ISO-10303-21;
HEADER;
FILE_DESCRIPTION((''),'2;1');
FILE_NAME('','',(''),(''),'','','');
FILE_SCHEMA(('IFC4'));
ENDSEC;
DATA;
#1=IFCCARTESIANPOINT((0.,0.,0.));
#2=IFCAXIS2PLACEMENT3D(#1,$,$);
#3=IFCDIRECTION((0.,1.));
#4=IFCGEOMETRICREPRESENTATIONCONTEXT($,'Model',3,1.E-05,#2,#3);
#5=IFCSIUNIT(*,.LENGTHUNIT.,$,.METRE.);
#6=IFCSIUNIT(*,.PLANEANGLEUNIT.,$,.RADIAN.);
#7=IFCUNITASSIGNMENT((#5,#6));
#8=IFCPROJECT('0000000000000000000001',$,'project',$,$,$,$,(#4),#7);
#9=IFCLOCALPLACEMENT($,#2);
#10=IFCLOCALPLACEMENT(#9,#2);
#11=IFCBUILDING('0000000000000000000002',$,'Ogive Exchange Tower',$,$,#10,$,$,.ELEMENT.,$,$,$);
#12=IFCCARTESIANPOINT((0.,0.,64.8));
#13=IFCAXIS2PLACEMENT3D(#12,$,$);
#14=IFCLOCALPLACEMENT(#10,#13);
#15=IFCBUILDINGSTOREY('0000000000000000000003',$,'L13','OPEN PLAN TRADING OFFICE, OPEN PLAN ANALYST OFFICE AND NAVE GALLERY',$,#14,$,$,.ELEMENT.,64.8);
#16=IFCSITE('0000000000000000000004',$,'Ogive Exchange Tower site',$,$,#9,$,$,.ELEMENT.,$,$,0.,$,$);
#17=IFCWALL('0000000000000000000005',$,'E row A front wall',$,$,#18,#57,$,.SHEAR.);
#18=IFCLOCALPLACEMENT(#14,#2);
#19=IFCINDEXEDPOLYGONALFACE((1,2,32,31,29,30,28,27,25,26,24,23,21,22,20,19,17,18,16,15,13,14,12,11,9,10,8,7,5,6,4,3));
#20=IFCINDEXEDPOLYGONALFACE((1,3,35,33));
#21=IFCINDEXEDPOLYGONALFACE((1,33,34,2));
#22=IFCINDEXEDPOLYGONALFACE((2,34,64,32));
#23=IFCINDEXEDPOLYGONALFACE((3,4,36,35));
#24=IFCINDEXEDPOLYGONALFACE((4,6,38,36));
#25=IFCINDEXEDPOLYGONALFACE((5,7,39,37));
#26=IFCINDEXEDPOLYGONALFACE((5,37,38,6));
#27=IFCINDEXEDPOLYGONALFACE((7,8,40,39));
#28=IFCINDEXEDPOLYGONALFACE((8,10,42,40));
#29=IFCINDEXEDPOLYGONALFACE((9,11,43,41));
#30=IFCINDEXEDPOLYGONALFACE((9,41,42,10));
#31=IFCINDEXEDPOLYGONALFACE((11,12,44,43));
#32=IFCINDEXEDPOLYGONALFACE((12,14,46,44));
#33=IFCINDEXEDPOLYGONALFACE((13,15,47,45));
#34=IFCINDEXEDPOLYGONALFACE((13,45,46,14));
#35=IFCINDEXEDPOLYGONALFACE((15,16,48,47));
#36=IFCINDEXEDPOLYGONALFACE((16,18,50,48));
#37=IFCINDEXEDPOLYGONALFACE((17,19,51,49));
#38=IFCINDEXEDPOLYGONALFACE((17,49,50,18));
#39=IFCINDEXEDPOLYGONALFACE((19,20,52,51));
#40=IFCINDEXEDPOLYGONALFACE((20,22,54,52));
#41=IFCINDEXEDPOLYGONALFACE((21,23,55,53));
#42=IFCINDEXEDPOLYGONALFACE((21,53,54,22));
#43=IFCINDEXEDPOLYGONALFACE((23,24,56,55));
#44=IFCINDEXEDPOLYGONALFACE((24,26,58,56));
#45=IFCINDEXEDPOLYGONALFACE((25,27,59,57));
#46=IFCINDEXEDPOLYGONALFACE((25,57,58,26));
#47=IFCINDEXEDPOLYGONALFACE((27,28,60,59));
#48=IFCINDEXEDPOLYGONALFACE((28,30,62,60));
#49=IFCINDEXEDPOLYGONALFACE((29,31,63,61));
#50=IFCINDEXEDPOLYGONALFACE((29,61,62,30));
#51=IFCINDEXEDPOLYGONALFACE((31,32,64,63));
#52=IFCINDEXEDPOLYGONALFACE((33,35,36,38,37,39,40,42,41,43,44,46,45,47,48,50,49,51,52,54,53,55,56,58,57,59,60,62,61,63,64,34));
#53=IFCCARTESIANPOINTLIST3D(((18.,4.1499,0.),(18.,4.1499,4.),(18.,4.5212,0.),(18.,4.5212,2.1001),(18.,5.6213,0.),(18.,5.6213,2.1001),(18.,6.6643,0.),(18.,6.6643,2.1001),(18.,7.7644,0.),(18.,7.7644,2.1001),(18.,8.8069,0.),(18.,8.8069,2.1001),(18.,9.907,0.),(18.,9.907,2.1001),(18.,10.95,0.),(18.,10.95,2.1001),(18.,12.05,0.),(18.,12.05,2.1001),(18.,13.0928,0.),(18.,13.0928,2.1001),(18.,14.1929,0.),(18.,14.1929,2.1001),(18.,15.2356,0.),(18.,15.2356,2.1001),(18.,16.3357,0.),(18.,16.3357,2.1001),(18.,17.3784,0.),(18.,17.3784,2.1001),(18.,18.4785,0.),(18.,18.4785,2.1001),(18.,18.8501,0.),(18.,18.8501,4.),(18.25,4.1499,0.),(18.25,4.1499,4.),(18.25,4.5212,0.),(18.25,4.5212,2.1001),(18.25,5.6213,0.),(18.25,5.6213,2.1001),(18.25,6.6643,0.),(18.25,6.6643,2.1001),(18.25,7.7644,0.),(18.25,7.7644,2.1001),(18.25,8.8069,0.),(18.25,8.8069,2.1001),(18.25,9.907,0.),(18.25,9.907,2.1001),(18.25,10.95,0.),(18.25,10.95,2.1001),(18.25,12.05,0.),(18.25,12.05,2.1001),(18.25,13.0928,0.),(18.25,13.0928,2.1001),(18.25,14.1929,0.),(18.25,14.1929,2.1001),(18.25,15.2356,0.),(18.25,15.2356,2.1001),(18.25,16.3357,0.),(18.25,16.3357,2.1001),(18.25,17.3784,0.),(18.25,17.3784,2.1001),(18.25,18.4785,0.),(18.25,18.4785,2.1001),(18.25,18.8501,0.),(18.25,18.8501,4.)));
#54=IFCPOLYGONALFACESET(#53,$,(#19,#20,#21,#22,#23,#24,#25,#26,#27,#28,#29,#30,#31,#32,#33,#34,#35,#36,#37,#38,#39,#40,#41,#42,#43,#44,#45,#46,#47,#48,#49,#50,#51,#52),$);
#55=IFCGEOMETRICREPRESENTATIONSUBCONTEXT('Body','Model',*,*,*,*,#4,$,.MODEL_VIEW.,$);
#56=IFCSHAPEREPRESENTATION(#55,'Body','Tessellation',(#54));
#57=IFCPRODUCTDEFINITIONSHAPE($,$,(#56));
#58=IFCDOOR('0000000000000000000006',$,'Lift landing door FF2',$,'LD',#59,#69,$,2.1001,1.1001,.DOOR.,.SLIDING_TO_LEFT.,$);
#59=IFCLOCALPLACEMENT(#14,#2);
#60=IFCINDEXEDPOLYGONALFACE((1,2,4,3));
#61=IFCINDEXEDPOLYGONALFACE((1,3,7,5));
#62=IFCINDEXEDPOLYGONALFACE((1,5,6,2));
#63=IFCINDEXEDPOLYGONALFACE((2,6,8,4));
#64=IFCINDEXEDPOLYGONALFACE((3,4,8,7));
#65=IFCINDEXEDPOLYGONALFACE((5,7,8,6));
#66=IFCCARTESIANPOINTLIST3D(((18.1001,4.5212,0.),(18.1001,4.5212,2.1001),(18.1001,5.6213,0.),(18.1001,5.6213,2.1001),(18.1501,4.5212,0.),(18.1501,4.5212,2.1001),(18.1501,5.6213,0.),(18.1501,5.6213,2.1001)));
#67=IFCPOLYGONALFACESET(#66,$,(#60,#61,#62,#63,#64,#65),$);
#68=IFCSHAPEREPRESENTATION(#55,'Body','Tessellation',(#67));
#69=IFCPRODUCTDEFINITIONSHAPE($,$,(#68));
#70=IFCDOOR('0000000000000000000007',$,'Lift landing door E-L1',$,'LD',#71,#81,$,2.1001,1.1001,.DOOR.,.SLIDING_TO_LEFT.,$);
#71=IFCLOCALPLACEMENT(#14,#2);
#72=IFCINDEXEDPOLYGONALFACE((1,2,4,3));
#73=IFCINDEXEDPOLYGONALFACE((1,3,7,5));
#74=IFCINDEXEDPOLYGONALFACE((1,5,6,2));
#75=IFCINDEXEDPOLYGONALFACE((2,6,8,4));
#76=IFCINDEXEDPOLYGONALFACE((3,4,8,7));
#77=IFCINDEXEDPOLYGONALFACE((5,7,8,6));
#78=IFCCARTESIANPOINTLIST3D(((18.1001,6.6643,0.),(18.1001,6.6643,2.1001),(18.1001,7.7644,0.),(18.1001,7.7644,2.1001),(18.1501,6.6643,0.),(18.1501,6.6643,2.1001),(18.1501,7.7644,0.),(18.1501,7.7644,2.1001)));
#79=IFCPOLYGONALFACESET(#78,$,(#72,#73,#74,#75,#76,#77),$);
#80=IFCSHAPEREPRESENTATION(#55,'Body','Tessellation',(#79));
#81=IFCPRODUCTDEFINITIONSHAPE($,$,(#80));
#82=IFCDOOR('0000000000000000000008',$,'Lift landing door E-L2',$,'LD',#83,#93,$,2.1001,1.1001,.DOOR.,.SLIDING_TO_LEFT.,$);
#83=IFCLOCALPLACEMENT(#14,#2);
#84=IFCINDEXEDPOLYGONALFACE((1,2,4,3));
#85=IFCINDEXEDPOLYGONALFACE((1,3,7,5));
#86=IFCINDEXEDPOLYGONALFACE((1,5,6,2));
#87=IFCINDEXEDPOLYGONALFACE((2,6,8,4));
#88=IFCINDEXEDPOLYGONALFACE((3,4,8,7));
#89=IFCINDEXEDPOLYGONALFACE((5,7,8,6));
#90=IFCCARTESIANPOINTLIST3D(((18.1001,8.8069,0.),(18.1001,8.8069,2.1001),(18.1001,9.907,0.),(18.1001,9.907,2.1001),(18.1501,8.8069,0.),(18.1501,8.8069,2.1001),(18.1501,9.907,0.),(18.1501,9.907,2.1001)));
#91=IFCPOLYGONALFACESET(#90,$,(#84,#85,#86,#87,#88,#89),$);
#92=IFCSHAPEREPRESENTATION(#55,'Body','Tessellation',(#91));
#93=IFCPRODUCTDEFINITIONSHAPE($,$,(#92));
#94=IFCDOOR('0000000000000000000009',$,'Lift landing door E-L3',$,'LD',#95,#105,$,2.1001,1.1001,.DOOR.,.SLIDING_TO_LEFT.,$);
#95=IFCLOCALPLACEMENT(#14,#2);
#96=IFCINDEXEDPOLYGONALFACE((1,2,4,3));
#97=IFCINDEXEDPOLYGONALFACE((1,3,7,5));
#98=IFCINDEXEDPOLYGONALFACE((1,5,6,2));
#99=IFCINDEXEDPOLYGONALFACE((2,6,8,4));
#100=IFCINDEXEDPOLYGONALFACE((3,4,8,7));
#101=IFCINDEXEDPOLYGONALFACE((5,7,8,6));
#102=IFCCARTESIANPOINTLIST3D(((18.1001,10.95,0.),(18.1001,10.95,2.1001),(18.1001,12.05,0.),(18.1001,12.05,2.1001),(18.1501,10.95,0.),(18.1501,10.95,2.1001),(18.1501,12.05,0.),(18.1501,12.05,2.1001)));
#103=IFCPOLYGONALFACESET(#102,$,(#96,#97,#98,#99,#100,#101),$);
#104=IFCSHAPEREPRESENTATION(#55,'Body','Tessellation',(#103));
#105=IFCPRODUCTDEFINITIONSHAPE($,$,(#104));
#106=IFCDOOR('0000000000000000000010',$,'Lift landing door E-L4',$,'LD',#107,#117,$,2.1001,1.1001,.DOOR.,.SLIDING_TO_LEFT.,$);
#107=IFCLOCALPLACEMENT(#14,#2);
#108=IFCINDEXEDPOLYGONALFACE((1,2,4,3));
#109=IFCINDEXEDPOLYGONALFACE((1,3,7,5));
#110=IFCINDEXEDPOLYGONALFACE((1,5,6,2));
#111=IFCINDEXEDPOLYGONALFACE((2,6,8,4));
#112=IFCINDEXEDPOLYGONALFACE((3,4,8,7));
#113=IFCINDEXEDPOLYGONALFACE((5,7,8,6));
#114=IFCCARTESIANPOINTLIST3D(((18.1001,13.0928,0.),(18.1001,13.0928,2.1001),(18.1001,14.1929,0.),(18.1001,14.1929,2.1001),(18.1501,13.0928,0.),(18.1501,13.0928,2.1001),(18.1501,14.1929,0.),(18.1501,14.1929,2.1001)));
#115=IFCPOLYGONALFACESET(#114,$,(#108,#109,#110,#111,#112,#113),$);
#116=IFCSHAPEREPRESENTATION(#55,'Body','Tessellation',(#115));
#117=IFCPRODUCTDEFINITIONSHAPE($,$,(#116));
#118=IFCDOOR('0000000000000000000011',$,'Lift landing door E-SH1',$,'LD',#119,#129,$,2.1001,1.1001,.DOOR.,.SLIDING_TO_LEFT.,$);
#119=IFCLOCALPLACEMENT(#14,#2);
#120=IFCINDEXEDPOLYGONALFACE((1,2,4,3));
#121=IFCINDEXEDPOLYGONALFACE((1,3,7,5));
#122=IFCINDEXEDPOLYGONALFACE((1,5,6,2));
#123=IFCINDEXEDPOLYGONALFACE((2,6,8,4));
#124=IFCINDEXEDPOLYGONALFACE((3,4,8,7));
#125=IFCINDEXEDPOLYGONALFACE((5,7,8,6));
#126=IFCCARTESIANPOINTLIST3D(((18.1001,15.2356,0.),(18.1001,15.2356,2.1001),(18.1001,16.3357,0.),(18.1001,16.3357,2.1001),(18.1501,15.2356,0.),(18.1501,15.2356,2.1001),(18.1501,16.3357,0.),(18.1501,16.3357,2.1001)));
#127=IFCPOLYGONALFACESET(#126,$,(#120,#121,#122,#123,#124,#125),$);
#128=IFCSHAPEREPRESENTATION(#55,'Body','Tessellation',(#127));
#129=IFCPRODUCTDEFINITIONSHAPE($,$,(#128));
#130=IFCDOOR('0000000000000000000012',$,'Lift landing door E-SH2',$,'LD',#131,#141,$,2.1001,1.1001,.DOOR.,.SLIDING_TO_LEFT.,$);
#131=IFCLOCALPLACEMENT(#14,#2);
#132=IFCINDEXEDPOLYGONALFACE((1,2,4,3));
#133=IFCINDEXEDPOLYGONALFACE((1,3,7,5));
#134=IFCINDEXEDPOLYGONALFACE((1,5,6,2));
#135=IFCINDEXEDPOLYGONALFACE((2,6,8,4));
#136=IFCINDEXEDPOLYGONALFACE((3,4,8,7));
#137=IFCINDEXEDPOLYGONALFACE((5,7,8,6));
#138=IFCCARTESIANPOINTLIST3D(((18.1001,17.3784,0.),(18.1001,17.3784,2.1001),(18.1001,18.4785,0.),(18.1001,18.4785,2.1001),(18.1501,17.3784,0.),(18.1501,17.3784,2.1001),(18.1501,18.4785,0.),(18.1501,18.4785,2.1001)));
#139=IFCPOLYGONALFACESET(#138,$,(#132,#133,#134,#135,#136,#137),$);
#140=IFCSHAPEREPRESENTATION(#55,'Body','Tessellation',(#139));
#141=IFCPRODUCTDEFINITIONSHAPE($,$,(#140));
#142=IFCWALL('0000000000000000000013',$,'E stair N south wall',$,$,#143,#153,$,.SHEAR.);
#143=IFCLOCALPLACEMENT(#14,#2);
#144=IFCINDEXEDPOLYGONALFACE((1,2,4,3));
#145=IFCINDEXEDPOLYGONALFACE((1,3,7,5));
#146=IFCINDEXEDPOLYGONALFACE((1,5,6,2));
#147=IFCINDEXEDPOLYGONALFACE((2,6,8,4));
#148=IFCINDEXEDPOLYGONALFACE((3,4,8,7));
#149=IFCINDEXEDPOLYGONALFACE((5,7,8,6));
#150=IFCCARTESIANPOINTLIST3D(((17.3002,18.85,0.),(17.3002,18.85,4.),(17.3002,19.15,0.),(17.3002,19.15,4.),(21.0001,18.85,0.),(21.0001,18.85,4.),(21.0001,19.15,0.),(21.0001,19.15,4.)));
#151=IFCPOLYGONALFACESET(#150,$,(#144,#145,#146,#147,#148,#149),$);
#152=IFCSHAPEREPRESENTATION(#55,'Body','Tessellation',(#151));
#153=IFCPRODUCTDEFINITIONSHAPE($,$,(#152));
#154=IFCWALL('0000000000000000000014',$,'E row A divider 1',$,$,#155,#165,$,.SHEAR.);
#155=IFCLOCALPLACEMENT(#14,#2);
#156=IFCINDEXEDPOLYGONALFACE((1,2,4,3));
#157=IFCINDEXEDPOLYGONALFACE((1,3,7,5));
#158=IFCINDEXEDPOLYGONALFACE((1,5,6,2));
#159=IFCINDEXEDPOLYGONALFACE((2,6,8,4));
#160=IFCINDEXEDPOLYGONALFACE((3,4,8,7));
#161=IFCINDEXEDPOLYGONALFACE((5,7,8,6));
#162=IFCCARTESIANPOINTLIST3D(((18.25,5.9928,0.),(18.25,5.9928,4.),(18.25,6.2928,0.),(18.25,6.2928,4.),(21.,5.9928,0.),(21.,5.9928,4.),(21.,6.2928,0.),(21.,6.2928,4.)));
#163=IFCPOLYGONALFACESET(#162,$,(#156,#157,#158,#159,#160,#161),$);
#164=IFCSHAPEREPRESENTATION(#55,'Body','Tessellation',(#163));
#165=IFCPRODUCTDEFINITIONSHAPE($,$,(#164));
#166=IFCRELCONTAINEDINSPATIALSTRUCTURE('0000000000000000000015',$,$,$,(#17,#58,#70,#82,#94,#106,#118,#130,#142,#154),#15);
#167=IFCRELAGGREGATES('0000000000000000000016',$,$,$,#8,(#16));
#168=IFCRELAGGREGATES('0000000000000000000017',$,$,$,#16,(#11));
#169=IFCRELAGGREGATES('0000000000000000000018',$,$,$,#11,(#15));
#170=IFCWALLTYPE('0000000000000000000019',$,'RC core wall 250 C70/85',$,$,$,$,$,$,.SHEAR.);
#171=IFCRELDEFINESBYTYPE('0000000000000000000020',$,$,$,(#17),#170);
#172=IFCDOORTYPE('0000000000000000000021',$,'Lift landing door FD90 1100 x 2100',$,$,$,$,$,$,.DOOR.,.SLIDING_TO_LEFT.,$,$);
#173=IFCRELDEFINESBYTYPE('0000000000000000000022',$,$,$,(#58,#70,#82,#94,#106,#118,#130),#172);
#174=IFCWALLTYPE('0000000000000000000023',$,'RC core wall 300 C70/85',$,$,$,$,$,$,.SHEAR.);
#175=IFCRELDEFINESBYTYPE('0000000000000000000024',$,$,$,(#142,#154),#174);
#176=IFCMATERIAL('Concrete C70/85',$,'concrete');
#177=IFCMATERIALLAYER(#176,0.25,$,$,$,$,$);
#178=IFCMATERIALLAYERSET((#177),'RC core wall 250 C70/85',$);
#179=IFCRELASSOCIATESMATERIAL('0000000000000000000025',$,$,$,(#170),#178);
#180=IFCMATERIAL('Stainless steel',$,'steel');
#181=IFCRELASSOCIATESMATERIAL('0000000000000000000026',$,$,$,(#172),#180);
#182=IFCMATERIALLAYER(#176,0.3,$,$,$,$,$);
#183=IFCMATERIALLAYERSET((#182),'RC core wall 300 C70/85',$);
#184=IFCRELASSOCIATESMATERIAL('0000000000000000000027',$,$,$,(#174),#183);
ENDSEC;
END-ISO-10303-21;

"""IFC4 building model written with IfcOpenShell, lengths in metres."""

from ifc_helpers import new_model, si_unit, direction, frame, frame_2d, origin, place, context, subcontext, project, spatial, rectangle, extrude, material, layer, layer_set, type_object, element, fill, save


model = new_model("IFC4")

# Units and contexts
model_context = context("Model", 3, precision=1e-05, world=origin(), true_north=direction((0.0, 1.0)))
body_context = subcontext(model_context, "Body", "Model", "MODEL_VIEW")
ifc_project = project(units=[si_unit("LENGTHUNIT", "METRE"), si_unit("PLANEANGLEUNIT", "RADIAN")], contexts=[model_context])

# Site, building, storey
site_placement = place(None, origin())
site = spatial("IfcSite", under=ifc_project, at=site_placement, Name="Ogive Exchange Tower site", CompositionType="ELEMENT", RefElevation=0.0)
building_placement = place(site_placement, origin())
building = spatial("IfcBuilding", under=site, at=building_placement, Name="Ogive Exchange Tower", CompositionType="ELEMENT")
storey_placement = place(building_placement, frame((0.0, 0.0, 64.8)))
storey = spatial("IfcBuildingStorey", under=building, at=storey_placement, Name="L13", Description="OPEN PLAN TRADING OFFICE, OPEN PLAN ANALYST OFFICE AND NAVE GALLERY", CompositionType="ELEMENT", Elevation=64.8)

# Shared definitions
ifc_material_1 = material(Name="Concrete C70/85", Category="concrete")
ifc_layer_1 = layer(ifc_material_1, 0.25)
ifc_layer_set_1 = layer_set([ifc_layer_1], Name="RC core wall 250 C70/85")
wall_type_1 = type_object("IfcWallType", Name="RC core wall 250 C70/85", PredefinedType="SHEAR", material=ifc_layer_set_1)

# Wall, openings, doors
wall_1_placement = place(storey_placement, frame((18.125, 4.1499, 0.0), z_axis=(0.0, 0.0, 1.0), x_axis=(0.0, 1.0, 0.0)))
wall_1 = element("IfcWall", 1, at=wall_1_placement, inside=storey, type_object=wall_type_1, Name="E row A front wall", PredefinedType="SHEAR", context=body_context, shape_type="SweptSolid", body=[
    extrude(rectangle(XDim=14.7002, YDim=0.25, at=frame_2d((7.3501, 0.0))), origin(), (0.0, 0.0, 1.0), 4.0),
])
opening_1_placement = place(wall_1_placement, frame((0.3713, 0.0, 0.0)))
opening_1 = element("IfcOpeningElement", 2, at=opening_1_placement, cuts=wall_1, PredefinedType="OPENING", context=body_context, shape_type="SweptSolid", body=[
    extrude(rectangle(XDim=1.1001, YDim=2.1001, at=frame_2d((0.55, 1.05))), frame((0.0, 0.135, 0.0), z_axis=(0.0, -1.0, 0.0), x_axis=(1.0, 0.0, 0.0)), (0.0, 0.0, 1.0), 0.27),
])
opening_2_placement = place(wall_1_placement, frame((2.5144, 0.0, 0.0)))
opening_2 = element("IfcOpeningElement", 3, at=opening_2_placement, cuts=wall_1, PredefinedType="OPENING", context=body_context, shape_type="SweptSolid", body=[
    extrude(rectangle(XDim=1.1001, YDim=2.1001, at=frame_2d((0.55, 1.05))), frame((0.0, 0.135, 0.0), z_axis=(0.0, -1.0, 0.0), x_axis=(1.0, 0.0, 0.0)), (0.0, 0.0, 1.0), 0.27),
])
opening_3_placement = place(wall_1_placement, frame((4.657, 0.0, 0.0)))
opening_3 = element("IfcOpeningElement", 4, at=opening_3_placement, cuts=wall_1, PredefinedType="OPENING", context=body_context, shape_type="SweptSolid", body=[
    extrude(rectangle(XDim=1.1001, YDim=2.1001, at=frame_2d((0.55, 1.05))), frame((0.0, 0.135, 0.0), z_axis=(0.0, -1.0, 0.0), x_axis=(1.0, 0.0, 0.0)), (0.0, 0.0, 1.0), 0.27),
])
opening_4_placement = place(wall_1_placement, frame((6.8, 0.0, 0.0)))
opening_4 = element("IfcOpeningElement", 5, at=opening_4_placement, cuts=wall_1, PredefinedType="OPENING", context=body_context, shape_type="SweptSolid", body=[
    extrude(rectangle(XDim=1.1001, YDim=2.1001, at=frame_2d((0.55, 1.05))), frame((0.0, 0.135, 0.0), z_axis=(0.0, -1.0, 0.0), x_axis=(1.0, 0.0, 0.0)), (0.0, 0.0, 1.0), 0.27),
])
opening_5_placement = place(wall_1_placement, frame((8.9429, 0.0, 0.0)))
opening_5 = element("IfcOpeningElement", 6, at=opening_5_placement, cuts=wall_1, PredefinedType="OPENING", context=body_context, shape_type="SweptSolid", body=[
    extrude(rectangle(XDim=1.1001, YDim=2.1001, at=frame_2d((0.55, 1.05))), frame((0.0, 0.135, 0.0), z_axis=(0.0, -1.0, 0.0), x_axis=(1.0, 0.0, 0.0)), (0.0, 0.0, 1.0), 0.27),
])
opening_6_placement = place(wall_1_placement, frame((11.0857, 0.0, 0.0)))
opening_6 = element("IfcOpeningElement", 7, at=opening_6_placement, cuts=wall_1, PredefinedType="OPENING", context=body_context, shape_type="SweptSolid", body=[
    extrude(rectangle(XDim=1.1001, YDim=2.1001, at=frame_2d((0.55, 1.05))), frame((0.0, 0.135, 0.0), z_axis=(0.0, -1.0, 0.0), x_axis=(1.0, 0.0, 0.0)), (0.0, 0.0, 1.0), 0.27),
])
opening_7_placement = place(wall_1_placement, frame((13.2285, 0.0, 0.0)))
opening_7 = element("IfcOpeningElement", 8, at=opening_7_placement, cuts=wall_1, PredefinedType="OPENING", context=body_context, shape_type="SweptSolid", body=[
    extrude(rectangle(XDim=1.1001, YDim=2.1001, at=frame_2d((0.55, 1.05))), frame((0.0, 0.135, 0.0), z_axis=(0.0, -1.0, 0.0), x_axis=(1.0, 0.0, 0.0)), (0.0, 0.0, 1.0), 0.27),
])
ifc_material_2 = material(Name="Stainless steel", Category="steel")
door_type_1 = type_object("IfcDoorType", Name="Lift landing door FD90 1100 x 2100", OperationType="SLIDING_TO_LEFT", PredefinedType="DOOR", material=ifc_material_2)
door_1_placement = place(opening_1_placement, origin())
door_1 = element("IfcDoor", 9, at=door_1_placement, inside=storey, type_object=door_type_1, Name="Lift landing door FF2", ObjectType="LD", OperationType="SLIDING_TO_LEFT", OverallHeight=2.1001, OverallWidth=1.1001, PredefinedType="DOOR", context=body_context, shape_type="SweptSolid", body=[
    extrude(rectangle(XDim=1.1001, YDim=2.1001, at=frame_2d((0.55, 1.05))), frame((0.0, 0.0249, 0.0), z_axis=(0.0, -1.0, 0.0), x_axis=(1.0, 0.0, 0.0)), (0.0, 0.0, 1.0), 0.05),
])
fill(opening_1, door_1)
door_2_placement = place(opening_2_placement, origin())
door_2 = element("IfcDoor", 10, at=door_2_placement, inside=storey, type_object=door_type_1, Name="Lift landing door E-L1", ObjectType="LD", OperationType="SLIDING_TO_LEFT", OverallHeight=2.1001, OverallWidth=1.1001, PredefinedType="DOOR", context=body_context, shape_type="SweptSolid", body=[
    extrude(rectangle(XDim=1.1001, YDim=2.1001, at=frame_2d((0.55, 1.05))), frame((0.0, 0.0249, 0.0), z_axis=(0.0, -1.0, 0.0), x_axis=(1.0, 0.0, 0.0)), (0.0, 0.0, 1.0), 0.05),
])
fill(opening_2, door_2)
door_3_placement = place(opening_3_placement, origin())
door_3 = element("IfcDoor", 11, at=door_3_placement, inside=storey, type_object=door_type_1, Name="Lift landing door E-L2", ObjectType="LD", OperationType="SLIDING_TO_LEFT", OverallHeight=2.1001, OverallWidth=1.1001, PredefinedType="DOOR", context=body_context, shape_type="SweptSolid", body=[
    extrude(rectangle(XDim=1.1001, YDim=2.1001, at=frame_2d((0.55, 1.05))), frame((0.0, 0.0249, 0.0), z_axis=(0.0, -1.0, 0.0), x_axis=(1.0, 0.0, 0.0)), (0.0, 0.0, 1.0), 0.05),
])
fill(opening_3, door_3)
door_4_placement = place(opening_4_placement, origin())
door_4 = element("IfcDoor", 12, at=door_4_placement, inside=storey, type_object=door_type_1, Name="Lift landing door E-L3", ObjectType="LD", OperationType="SLIDING_TO_LEFT", OverallHeight=2.1001, OverallWidth=1.1001, PredefinedType="DOOR", context=body_context, shape_type="SweptSolid", body=[
    extrude(rectangle(XDim=1.1001, YDim=2.1001, at=frame_2d((0.55, 1.05))), frame((0.0, 0.0249, 0.0), z_axis=(0.0, -1.0, 0.0), x_axis=(1.0, 0.0, 0.0)), (0.0, 0.0, 1.0), 0.05),
])
fill(opening_4, door_4)
door_5_placement = place(opening_5_placement, origin())
door_5 = element("IfcDoor", 13, at=door_5_placement, inside=storey, type_object=door_type_1, Name="Lift landing door E-L4", ObjectType="LD", OperationType="SLIDING_TO_LEFT", OverallHeight=2.1001, OverallWidth=1.1001, PredefinedType="DOOR", context=body_context, shape_type="SweptSolid", body=[
    extrude(rectangle(XDim=1.1001, YDim=2.1001, at=frame_2d((0.55, 1.05))), frame((0.0, 0.0249, 0.0), z_axis=(0.0, -1.0, 0.0), x_axis=(1.0, 0.0, 0.0)), (0.0, 0.0, 1.0), 0.05),
])
fill(opening_5, door_5)
door_6_placement = place(opening_6_placement, origin())
door_6 = element("IfcDoor", 14, at=door_6_placement, inside=storey, type_object=door_type_1, Name="Lift landing door E-SH1", ObjectType="LD", OperationType="SLIDING_TO_LEFT", OverallHeight=2.1001, OverallWidth=1.1001, PredefinedType="DOOR", context=body_context, shape_type="SweptSolid", body=[
    extrude(rectangle(XDim=1.1001, YDim=2.1001, at=frame_2d((0.55, 1.05))), frame((0.0, 0.0249, 0.0), z_axis=(0.0, -1.0, 0.0), x_axis=(1.0, 0.0, 0.0)), (0.0, 0.0, 1.0), 0.05),
])
fill(opening_6, door_6)
door_7_placement = place(opening_7_placement, origin())
door_7 = element("IfcDoor", 15, at=door_7_placement, inside=storey, type_object=door_type_1, Name="Lift landing door E-SH2", ObjectType="LD", OperationType="SLIDING_TO_LEFT", OverallHeight=2.1001, OverallWidth=1.1001, PredefinedType="DOOR", context=body_context, shape_type="SweptSolid", body=[
    extrude(rectangle(XDim=1.1001, YDim=2.1001, at=frame_2d((0.55, 1.05))), frame((0.0, 0.0249, 0.0), z_axis=(0.0, -1.0, 0.0), x_axis=(1.0, 0.0, 0.0)), (0.0, 0.0, 1.0), 0.05),
])
fill(opening_7, door_7)

# Walls
ifc_layer_2 = layer(ifc_material_1, 0.3)
ifc_layer_set_2 = layer_set([ifc_layer_2], Name="RC core wall 300 C70/85")
wall_type_2 = type_object("IfcWallType", Name="RC core wall 300 C70/85", PredefinedType="SHEAR", material=ifc_layer_set_2)
wall_2_placement = place(storey_placement, frame((17.3, 19.0, 0.0), z_axis=(0.0, 0.0, 1.0), x_axis=(1.0, 0.0, 0.0)))
element("IfcWall", 16, at=wall_2_placement, inside=storey, type_object=wall_type_2, Name="E stair N south wall", PredefinedType="SHEAR", context=body_context, shape_type="SweptSolid", body=[
    extrude(rectangle(XDim=3.7, YDim=0.3, at=frame_2d((1.8501, 0.0))), origin(), (0.0, 0.0, 1.0), 4.0),
])
for number, where, z_axis, x_axis, name in (
    (17, (18.25, 6.1428, 0.0), (0.0, 0.0, 1.0), (1.0, 0.0, 0.0), "E row A divider 1"),
):
    element("IfcWall", number, at=place(storey_placement, frame(where, z_axis=z_axis, x_axis=x_axis)), inside=storey, type_object=wall_type_2, Name=name, PredefinedType="SHEAR", context=body_context, shape_type="SweptSolid", body=[
        extrude(rectangle(XDim=2.75, YDim=0.3, at=frame_2d((1.375, 0.0))), origin(), (0.0, 0.0, 1.0), 4.0),
    ])

save(model, "model.ifc")
